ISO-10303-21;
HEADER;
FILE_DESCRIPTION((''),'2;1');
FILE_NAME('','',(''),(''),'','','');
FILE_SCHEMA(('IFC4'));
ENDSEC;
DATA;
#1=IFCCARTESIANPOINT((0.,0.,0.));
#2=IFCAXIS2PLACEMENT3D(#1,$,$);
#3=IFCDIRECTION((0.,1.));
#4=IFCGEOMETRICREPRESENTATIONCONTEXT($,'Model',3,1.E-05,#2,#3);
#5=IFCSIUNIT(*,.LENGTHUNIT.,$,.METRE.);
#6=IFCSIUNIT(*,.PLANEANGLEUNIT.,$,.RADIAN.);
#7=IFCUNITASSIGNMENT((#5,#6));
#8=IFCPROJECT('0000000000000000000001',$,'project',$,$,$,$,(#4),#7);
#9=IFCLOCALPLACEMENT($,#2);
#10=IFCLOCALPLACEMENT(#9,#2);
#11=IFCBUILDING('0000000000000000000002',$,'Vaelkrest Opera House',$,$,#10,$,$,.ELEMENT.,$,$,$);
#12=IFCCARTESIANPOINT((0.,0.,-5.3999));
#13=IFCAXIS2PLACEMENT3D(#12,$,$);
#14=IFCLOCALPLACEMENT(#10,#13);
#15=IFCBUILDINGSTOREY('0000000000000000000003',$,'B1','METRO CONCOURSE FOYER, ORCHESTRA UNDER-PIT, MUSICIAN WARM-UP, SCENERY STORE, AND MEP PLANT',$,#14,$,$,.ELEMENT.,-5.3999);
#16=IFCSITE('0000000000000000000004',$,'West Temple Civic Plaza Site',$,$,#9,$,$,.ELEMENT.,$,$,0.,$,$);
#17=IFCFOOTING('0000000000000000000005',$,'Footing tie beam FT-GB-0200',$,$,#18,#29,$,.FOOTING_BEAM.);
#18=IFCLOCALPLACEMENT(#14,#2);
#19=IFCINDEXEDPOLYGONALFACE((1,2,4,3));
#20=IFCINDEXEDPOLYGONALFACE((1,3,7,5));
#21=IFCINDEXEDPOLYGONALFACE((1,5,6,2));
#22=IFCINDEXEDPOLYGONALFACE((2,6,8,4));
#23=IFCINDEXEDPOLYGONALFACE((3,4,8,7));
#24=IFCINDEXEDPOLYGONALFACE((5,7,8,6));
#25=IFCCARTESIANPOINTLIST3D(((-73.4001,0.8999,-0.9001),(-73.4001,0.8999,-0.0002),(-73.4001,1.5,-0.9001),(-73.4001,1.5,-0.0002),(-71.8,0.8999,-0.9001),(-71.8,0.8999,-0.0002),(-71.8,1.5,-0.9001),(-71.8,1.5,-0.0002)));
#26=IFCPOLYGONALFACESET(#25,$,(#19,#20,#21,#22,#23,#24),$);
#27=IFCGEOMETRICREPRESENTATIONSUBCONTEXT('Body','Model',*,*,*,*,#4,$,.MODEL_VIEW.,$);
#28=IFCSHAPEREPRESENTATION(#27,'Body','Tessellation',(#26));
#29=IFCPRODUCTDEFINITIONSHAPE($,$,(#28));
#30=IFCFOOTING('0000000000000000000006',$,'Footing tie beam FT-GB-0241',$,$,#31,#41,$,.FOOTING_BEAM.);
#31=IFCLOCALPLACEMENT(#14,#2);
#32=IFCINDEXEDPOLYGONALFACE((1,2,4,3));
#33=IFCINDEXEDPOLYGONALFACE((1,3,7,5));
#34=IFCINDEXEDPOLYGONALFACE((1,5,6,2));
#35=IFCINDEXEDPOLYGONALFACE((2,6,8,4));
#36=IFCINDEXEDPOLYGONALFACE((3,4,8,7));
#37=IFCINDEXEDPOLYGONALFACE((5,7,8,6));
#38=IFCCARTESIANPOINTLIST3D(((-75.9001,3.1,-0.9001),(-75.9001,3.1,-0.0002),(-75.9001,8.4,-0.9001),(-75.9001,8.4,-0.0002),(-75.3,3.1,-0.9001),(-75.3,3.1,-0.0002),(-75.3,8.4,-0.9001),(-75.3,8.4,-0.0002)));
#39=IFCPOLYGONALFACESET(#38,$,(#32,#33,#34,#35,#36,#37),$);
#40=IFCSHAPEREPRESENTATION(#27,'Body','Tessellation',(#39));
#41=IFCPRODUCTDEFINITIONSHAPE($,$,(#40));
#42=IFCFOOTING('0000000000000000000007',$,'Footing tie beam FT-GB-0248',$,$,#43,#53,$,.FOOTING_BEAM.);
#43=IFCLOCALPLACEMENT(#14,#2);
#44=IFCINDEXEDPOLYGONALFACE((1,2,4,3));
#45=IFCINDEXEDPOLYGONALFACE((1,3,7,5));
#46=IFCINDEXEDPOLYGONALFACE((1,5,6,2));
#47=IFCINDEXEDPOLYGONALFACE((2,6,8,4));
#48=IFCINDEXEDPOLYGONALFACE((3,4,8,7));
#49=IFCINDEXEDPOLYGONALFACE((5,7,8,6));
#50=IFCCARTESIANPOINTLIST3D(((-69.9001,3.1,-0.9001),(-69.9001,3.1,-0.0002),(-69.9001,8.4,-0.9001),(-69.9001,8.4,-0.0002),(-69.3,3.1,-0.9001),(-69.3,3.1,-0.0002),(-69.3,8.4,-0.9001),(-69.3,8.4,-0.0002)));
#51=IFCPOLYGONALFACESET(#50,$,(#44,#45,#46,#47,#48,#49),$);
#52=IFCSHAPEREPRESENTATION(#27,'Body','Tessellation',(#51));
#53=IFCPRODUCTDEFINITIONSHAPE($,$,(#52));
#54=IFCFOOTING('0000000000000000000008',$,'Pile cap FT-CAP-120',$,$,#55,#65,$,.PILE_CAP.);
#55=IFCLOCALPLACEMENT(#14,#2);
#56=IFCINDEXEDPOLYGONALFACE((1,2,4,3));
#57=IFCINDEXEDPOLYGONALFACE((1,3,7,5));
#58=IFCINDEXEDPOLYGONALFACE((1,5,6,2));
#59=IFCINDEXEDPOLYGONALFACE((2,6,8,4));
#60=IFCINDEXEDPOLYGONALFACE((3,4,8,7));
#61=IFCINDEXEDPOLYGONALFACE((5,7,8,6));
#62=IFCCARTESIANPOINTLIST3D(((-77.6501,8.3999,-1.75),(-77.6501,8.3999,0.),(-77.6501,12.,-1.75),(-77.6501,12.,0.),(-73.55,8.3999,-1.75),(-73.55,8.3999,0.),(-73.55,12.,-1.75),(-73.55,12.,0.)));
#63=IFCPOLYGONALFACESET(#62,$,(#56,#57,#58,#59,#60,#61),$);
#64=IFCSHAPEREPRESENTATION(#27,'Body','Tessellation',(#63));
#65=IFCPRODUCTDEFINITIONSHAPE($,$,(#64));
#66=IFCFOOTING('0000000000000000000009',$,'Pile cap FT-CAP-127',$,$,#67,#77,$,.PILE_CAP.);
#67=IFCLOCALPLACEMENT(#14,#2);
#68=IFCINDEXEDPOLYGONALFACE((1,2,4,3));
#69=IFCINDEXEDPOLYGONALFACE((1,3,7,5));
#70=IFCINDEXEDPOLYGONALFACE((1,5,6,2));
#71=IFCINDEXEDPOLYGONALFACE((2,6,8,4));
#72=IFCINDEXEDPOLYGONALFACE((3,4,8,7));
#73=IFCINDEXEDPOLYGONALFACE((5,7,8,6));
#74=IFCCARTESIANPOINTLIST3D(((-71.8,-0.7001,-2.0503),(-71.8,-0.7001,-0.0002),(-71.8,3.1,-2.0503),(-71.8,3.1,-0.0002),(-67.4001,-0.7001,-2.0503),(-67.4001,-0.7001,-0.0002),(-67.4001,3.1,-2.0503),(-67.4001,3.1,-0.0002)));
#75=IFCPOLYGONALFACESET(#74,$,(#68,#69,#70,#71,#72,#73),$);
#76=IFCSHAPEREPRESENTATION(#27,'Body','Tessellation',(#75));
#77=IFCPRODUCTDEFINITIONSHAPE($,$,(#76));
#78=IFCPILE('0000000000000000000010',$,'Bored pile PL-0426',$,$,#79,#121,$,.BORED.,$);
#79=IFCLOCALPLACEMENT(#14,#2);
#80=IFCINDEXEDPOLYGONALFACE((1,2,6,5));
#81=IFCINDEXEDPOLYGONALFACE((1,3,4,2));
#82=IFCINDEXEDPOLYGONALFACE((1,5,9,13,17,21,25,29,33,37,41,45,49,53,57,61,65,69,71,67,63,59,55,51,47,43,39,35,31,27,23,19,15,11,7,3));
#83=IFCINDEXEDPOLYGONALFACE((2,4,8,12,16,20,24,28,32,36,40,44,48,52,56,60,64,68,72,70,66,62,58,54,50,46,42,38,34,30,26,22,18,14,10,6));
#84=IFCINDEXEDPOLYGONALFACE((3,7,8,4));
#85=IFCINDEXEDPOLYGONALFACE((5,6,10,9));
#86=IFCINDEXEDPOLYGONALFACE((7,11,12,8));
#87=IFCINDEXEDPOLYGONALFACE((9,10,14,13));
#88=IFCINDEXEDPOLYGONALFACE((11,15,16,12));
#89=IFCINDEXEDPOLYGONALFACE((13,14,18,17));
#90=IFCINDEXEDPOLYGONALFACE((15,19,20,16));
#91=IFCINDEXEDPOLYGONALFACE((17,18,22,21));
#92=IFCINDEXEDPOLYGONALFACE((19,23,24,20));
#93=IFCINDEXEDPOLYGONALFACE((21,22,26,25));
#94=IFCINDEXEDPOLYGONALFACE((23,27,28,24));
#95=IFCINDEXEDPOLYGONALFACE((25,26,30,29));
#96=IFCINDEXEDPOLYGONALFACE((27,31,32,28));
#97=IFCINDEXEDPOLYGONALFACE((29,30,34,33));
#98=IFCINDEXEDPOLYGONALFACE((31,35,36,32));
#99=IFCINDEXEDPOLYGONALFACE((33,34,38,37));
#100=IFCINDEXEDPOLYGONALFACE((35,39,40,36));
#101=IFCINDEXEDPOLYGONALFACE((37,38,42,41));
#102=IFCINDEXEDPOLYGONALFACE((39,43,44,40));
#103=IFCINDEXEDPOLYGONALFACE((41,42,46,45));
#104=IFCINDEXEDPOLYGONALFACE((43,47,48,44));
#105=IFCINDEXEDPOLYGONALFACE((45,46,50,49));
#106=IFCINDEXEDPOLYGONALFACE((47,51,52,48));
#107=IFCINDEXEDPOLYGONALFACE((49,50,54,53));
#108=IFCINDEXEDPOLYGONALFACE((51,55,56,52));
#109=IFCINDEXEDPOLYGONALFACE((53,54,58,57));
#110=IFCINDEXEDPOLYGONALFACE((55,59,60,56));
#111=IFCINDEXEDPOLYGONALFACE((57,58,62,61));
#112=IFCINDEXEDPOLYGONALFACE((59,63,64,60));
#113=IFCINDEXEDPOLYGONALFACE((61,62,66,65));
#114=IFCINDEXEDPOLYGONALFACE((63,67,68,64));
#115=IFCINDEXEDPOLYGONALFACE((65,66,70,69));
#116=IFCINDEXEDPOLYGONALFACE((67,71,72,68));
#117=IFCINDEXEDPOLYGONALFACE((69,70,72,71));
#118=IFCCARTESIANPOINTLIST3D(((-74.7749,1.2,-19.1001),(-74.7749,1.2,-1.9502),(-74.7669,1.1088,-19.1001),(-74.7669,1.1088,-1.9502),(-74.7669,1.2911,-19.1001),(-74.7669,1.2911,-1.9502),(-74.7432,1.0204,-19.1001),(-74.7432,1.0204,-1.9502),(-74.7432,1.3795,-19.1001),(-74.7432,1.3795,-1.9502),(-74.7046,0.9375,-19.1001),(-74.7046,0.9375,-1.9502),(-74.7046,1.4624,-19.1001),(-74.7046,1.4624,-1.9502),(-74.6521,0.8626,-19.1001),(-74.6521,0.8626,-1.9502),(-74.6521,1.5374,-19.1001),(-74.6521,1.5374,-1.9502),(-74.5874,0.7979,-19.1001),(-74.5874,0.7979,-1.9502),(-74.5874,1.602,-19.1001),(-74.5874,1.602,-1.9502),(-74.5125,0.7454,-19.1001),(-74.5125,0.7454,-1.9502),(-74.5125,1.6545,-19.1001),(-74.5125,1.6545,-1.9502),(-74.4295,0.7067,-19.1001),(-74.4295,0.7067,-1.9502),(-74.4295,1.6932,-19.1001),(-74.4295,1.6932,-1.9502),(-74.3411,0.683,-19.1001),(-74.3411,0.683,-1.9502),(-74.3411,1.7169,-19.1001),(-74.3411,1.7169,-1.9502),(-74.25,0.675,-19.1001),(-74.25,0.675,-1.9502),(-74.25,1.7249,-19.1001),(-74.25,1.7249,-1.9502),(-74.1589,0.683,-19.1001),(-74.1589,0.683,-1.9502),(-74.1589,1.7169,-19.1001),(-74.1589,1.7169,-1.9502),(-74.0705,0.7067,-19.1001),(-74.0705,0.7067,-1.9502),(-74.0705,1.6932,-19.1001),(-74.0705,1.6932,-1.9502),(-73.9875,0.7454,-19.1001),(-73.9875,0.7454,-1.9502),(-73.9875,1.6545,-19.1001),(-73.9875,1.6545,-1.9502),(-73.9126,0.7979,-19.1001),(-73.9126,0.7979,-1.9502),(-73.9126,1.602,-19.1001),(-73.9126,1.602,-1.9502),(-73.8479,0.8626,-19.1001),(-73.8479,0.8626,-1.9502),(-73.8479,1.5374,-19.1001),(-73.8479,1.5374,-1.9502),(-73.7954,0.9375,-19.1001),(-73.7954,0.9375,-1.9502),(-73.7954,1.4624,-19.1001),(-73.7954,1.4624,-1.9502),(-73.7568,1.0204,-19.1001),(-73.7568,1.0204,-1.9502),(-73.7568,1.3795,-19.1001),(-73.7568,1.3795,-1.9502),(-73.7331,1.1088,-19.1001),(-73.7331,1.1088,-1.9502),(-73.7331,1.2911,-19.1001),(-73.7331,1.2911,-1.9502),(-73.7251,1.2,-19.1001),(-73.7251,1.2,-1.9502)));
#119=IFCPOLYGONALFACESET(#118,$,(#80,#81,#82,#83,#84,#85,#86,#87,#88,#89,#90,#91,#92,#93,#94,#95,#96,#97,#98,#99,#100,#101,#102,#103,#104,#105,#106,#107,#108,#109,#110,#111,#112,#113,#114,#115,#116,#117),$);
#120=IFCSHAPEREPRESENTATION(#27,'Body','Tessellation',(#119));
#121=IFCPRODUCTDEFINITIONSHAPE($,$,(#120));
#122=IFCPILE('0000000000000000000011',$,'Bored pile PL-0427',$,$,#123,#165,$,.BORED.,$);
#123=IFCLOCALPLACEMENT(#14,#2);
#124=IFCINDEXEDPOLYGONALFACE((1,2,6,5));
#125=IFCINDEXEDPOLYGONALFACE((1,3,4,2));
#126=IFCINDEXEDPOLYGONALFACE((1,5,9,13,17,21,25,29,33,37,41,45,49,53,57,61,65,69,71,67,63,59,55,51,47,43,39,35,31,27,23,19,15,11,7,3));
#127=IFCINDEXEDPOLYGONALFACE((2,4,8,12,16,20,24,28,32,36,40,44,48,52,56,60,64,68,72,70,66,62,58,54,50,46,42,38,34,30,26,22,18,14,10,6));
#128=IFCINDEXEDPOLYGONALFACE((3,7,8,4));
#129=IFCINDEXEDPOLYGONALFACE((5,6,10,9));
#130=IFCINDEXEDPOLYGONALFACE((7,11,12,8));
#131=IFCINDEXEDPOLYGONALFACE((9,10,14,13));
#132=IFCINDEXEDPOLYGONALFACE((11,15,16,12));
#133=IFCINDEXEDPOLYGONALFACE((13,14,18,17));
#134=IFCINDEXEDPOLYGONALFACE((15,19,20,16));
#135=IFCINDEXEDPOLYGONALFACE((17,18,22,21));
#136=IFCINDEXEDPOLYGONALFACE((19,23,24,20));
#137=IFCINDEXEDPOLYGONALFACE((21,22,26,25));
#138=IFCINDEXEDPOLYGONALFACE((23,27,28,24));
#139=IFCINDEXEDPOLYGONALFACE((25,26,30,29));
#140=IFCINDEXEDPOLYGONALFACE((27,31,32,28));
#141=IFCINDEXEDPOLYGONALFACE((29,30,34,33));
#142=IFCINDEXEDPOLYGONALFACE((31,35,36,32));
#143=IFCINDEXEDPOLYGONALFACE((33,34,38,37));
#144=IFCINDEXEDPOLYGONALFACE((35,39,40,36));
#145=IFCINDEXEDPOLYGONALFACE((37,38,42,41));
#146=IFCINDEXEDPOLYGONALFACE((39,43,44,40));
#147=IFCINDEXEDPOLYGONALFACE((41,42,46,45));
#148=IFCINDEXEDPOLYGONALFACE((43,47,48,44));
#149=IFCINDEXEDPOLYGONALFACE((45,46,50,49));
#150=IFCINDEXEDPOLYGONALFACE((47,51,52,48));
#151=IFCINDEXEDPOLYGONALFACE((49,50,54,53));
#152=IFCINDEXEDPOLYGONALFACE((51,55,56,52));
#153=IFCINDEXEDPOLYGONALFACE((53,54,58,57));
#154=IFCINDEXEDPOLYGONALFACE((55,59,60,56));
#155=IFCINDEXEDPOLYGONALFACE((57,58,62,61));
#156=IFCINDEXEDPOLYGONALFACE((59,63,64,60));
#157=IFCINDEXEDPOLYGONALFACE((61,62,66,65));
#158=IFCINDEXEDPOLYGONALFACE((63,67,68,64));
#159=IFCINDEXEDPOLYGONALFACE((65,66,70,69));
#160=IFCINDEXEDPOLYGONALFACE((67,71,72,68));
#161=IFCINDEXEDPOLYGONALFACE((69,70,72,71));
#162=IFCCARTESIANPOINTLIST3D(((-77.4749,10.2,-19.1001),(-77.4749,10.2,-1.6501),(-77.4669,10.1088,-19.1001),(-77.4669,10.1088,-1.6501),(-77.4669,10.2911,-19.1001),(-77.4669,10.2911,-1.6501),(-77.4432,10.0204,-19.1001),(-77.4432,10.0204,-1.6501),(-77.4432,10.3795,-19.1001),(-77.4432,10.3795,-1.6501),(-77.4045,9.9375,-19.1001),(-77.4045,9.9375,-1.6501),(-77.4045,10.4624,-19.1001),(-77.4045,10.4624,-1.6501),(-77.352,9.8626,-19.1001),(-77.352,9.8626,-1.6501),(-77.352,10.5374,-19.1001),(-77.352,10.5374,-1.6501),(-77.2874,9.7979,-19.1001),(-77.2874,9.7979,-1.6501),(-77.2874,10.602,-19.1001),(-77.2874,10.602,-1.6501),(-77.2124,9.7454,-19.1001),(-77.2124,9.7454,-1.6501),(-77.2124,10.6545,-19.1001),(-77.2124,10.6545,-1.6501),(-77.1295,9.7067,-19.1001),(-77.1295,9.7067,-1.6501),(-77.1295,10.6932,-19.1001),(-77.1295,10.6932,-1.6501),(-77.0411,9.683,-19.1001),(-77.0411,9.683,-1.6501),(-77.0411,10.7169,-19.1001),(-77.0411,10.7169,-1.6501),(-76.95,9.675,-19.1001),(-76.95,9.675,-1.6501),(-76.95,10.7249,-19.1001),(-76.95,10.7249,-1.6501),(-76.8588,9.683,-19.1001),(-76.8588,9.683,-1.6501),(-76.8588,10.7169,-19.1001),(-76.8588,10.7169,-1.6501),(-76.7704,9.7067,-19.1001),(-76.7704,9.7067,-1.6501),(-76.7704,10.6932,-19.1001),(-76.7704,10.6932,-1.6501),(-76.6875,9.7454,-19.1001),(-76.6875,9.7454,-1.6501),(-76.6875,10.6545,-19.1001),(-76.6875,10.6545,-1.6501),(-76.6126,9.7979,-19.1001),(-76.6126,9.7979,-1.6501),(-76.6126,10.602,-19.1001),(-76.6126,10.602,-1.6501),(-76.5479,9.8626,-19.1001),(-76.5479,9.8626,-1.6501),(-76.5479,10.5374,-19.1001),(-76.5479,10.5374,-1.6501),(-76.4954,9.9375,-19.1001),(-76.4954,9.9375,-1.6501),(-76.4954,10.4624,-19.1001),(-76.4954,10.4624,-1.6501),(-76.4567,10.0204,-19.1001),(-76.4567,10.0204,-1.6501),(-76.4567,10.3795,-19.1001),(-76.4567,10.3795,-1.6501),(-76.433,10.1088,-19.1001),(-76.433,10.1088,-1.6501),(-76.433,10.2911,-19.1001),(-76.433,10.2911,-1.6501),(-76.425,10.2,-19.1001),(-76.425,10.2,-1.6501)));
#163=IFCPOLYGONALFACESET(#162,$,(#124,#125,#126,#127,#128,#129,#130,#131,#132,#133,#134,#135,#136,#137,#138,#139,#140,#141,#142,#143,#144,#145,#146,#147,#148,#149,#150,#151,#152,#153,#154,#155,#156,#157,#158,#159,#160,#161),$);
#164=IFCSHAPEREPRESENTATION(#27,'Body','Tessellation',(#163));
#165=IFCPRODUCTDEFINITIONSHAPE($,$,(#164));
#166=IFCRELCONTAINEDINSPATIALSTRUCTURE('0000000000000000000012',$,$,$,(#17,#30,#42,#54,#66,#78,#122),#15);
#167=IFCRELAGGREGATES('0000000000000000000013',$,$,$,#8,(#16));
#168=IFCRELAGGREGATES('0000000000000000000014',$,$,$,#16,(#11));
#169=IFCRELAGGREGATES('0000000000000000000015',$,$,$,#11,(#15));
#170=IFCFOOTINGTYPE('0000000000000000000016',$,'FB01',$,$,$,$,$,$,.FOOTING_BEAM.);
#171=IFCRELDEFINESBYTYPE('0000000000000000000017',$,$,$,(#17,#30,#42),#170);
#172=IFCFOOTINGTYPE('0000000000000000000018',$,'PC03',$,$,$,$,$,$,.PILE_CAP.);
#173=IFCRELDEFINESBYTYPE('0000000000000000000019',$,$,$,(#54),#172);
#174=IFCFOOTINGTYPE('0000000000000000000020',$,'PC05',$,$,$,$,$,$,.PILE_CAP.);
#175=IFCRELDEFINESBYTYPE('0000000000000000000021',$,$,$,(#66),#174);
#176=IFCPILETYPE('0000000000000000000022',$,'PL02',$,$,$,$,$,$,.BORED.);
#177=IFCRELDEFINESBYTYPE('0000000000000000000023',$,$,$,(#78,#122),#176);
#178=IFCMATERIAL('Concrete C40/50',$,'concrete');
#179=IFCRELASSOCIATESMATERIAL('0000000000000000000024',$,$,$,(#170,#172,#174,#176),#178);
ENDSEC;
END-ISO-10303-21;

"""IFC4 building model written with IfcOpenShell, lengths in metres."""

from ifc_helpers import new_model, si_unit, direction, frame, origin, origin_2d, place, context, subcontext, project, spatial, rectangle, circle, extrude, material, material_profile, profile_set, type_object, element, save


model = new_model("IFC4")

# Units and contexts
model_context = context("Model", 3, precision=1e-05, world=origin(), true_north=direction((0.0, 1.0)))
body_context = subcontext(model_context, "Body", "Model", "MODEL_VIEW")
ifc_project = project(units=[si_unit("LENGTHUNIT", "METRE"), si_unit("PLANEANGLEUNIT", "RADIAN")], contexts=[model_context])

# Site, building, storey
site_placement = place(None, origin())
site = spatial("IfcSite", under=ifc_project, at=site_placement, Name="West Temple Civic Plaza Site", CompositionType="ELEMENT", RefElevation=0.0)
building_placement = place(site_placement, origin())
building = spatial("IfcBuilding", under=site, at=building_placement, Name="Vaelkrest Opera House", CompositionType="ELEMENT")
storey_placement = place(building_placement, frame((0.0, 0.0, -5.3999)))
storey = spatial("IfcBuildingStorey", under=building, at=storey_placement, Name="B1", Description="METRO CONCOURSE FOYER, ORCHESTRA UNDER-PIT, MUSICIAN WARM-UP, SCENERY STORE, AND MEP PLANT", CompositionType="ELEMENT", Elevation=-5.3999)

# Footings
ifc_material_1 = material(Name="Concrete C40/50", Category="concrete")
footing_type_1 = type_object("IfcFootingType", Name="FB01", PredefinedType="FOOTING_BEAM", material=ifc_material_1)
footing_1_placement = place(storey_placement, frame((-72.6001, 1.2, -0.9001), z_axis=(0.0, 0.0, 1.0), x_axis=(1.0, 0.0, 0.0)))
element("IfcFooting", 1, at=footing_1_placement, inside=storey, type_object=footing_type_1, Name="Footing tie beam FT-GB-0200", PredefinedType="FOOTING_BEAM", context=body_context, shape_type="SweptSolid", body=[
    extrude(rectangle(XDim=1.6001, YDim=0.6001, at=origin_2d()), origin(), (0.0, 0.0, 1.0), 0.8999),
])
for number, where, z_axis, x_axis, name in (
    (2, (-75.6001, 5.75, -0.9001), (0.0, 0.0, 1.0), (0.0, 1.0, 0.0), "Footing tie beam FT-GB-0241"),
    (3, (-69.6001, 5.75, -0.9001), (0.0, 0.0, 1.0), (0.0, 1.0, 0.0), "Footing tie beam FT-GB-0248"),
):
    element("IfcFooting", number, at=place(storey_placement, frame(where, z_axis=z_axis, x_axis=x_axis)), inside=storey, type_object=footing_type_1, Name=name, PredefinedType="FOOTING_BEAM", context=body_context, shape_type="SweptSolid", body=[
        extrude(rectangle(XDim=5.3, YDim=0.6001, at=origin_2d()), origin(), (0.0, 0.0, 1.0), 0.8999),
    ])
footing_type_2 = type_object("IfcFootingType", Name="PC03", PredefinedType="PILE_CAP", material=ifc_material_1)
footing_2_placement = place(storey_placement, frame((-75.6001, 10.2, -1.75), z_axis=(0.0, 0.0, 1.0), x_axis=(1.0, 0.0, 0.0)))
element("IfcFooting", 4, at=footing_2_placement, inside=storey, type_object=footing_type_2, Name="Pile cap FT-CAP-120", PredefinedType="PILE_CAP", context=body_context, shape_type="SweptSolid", body=[
    extrude(rectangle(XDim=4.1001, YDim=3.6001, at=origin_2d()), origin(), (0.0, 0.0, 1.0), 1.75),
])
footing_type_3 = type_object("IfcFootingType", Name="PC05", PredefinedType="PILE_CAP", material=ifc_material_1)
footing_3_placement = place(storey_placement, frame((-69.6001, 1.2, -2.0503), z_axis=(0.0, 0.0, 1.0), x_axis=(1.0, 0.0, 0.0)))
element("IfcFooting", 5, at=footing_3_placement, inside=storey, type_object=footing_type_3, Name="Pile cap FT-CAP-127", PredefinedType="PILE_CAP", context=body_context, shape_type="SweptSolid", body=[
    extrude(rectangle(XDim=4.3999, YDim=3.8, at=origin_2d()), origin(), (0.0, 0.0, 1.0), 2.05),
])

# Piles
ifc_material_profile_1 = material_profile(ifc_material_1, circle(Radius=0.5249, at=origin_2d()), Name="PILE1050")
ifc_profile_set_1 = profile_set([ifc_material_profile_1], Name="Concrete C40/50")
pile_type = type_object("IfcPileType", Name="PL02", PredefinedType="BORED", material=ifc_profile_set_1)
pile_placement = place(storey_placement, frame((-74.25, 1.2, -1.9502), z_axis=(0.0, 0.0, -1.0), x_axis=(1.0, 0.0, 0.0)))
element("IfcPile", 6, at=pile_placement, inside=storey, type_object=pile_type, Name="Bored pile PL-0426", PredefinedType="BORED", context=body_context, shape_type="SweptSolid", body=[
    extrude(circle(Radius=0.5249, at=origin_2d()), origin(), (0.0, 0.0, 1.0), 17.1499),
])
for number, where, z_axis, x_axis, name in (
    (7, (-76.95, 10.2, -1.6501), (0.0, 0.0, -1.0), (1.0, 0.0, 0.0), "Bored pile PL-0427"),
):
    element("IfcPile", number, at=place(storey_placement, frame(where, z_axis=z_axis, x_axis=x_axis)), inside=storey, type_object=pile_type, Name=name, PredefinedType="BORED", context=body_context, shape_type="SweptSolid", body=[
        extrude(circle(Radius=0.5249, at=origin_2d()), origin(), (0.0, 0.0, 1.0), 17.45),
    ])

save(model, "model.ifc")
